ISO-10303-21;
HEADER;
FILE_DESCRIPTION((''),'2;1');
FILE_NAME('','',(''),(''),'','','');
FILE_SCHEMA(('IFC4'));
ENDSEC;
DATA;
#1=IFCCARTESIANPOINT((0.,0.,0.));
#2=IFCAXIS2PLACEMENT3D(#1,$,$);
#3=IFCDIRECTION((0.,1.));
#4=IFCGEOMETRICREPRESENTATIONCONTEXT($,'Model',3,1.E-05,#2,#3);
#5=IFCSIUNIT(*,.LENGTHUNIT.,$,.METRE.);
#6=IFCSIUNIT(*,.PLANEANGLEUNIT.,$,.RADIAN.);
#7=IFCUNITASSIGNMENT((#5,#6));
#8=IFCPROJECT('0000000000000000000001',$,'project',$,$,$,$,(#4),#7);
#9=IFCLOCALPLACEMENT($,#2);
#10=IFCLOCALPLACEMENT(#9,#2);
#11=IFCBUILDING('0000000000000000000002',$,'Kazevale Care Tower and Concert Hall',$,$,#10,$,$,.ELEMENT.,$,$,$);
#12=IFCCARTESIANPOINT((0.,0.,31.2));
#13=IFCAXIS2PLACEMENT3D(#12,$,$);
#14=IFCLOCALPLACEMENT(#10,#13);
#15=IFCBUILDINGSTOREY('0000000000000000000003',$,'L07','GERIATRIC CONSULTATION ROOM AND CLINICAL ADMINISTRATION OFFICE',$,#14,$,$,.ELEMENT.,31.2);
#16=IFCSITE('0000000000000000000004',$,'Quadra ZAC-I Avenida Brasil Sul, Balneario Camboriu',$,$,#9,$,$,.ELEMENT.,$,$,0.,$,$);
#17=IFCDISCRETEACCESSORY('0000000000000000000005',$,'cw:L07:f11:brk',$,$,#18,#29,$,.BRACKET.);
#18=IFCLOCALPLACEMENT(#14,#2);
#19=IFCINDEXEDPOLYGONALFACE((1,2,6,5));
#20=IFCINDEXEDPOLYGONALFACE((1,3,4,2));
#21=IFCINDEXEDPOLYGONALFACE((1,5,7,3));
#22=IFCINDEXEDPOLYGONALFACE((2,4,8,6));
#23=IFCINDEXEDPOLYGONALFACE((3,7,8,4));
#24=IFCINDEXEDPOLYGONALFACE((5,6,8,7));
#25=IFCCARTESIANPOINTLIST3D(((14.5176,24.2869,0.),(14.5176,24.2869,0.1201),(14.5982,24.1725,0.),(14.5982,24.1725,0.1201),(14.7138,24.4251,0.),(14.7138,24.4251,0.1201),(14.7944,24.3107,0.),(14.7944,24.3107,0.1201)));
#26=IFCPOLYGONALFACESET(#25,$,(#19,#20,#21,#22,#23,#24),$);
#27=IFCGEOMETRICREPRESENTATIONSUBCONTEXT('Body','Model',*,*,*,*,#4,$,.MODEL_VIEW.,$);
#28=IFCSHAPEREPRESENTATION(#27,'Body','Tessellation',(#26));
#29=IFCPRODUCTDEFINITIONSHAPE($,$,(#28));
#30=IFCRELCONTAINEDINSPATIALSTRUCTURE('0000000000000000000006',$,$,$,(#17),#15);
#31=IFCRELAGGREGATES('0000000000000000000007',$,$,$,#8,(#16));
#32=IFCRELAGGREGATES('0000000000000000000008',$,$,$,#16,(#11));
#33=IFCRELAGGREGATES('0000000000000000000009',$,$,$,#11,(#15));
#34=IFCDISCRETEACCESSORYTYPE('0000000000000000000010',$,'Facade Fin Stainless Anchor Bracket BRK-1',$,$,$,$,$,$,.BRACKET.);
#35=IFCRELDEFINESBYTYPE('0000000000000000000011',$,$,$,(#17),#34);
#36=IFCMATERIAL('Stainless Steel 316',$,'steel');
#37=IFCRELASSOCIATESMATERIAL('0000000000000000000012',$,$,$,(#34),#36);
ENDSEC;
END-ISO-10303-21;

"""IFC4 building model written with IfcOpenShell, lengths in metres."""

from ifc_helpers import new_model, si_unit, direction, frame, origin, origin_2d, place, context, subcontext, project, spatial, rectangle, extrude, material, type_object, element, save


model = new_model("IFC4")

# Units and contexts
model_context = context("Model", 3, precision=1e-05, world=origin(), true_north=direction((0.0, 1.0)))
body_context = subcontext(model_context, "Body", "Model", "MODEL_VIEW")
ifc_project = project(units=[si_unit("LENGTHUNIT", "METRE"), si_unit("PLANEANGLEUNIT", "RADIAN")], contexts=[model_context])

# Site, building, storey
site_placement = place(None, origin())
site = spatial("IfcSite", under=ifc_project, at=site_placement, Name="Quadra ZAC-I Avenida Brasil Sul, Balneario Camboriu", CompositionType="ELEMENT", RefElevation=0.0)
building_placement = place(site_placement, origin())
building = spatial("IfcBuilding", under=site, at=building_placement, Name="Kazevale Care Tower and Concert Hall", CompositionType="ELEMENT")
storey_placement = place(building_placement, frame((0.0, 0.0, 31.2)))
storey = spatial("IfcBuildingStorey", under=building, at=storey_placement, Name="L07", Description="GERIATRIC CONSULTATION ROOM AND CLINICAL ADMINISTRATION OFFICE", CompositionType="ELEMENT", Elevation=31.2)

# Discrete accessory
ifc_material_1 = material(Name="Stainless Steel 316", Category="steel")
discrete_accessory_type = type_object("IfcDiscreteAccessoryType", Name="Facade Fin Stainless Anchor Bracket BRK-1", PredefinedType="BRACKET", material=ifc_material_1)
discrete_accessory_placement = place(storey_placement, frame((14.656, 24.2988, 0.0), z_axis=(0.0, 0.0, 1.0), x_axis=(-0.817547, -0.575862, 0.0)))
element("IfcDiscreteAccessory", 1, at=discrete_accessory_placement, inside=storey, type_object=discrete_accessory_type, Name="cw:L07:f11:brk", PredefinedType="BRACKET", context=body_context, shape_type="SweptSolid", body=[
    extrude(rectangle(XDim=0.24, YDim=0.1399, at=origin_2d()), origin(), (0.0, 0.0, 1.0), 0.1201),
])

save(model, "model.ifc")
